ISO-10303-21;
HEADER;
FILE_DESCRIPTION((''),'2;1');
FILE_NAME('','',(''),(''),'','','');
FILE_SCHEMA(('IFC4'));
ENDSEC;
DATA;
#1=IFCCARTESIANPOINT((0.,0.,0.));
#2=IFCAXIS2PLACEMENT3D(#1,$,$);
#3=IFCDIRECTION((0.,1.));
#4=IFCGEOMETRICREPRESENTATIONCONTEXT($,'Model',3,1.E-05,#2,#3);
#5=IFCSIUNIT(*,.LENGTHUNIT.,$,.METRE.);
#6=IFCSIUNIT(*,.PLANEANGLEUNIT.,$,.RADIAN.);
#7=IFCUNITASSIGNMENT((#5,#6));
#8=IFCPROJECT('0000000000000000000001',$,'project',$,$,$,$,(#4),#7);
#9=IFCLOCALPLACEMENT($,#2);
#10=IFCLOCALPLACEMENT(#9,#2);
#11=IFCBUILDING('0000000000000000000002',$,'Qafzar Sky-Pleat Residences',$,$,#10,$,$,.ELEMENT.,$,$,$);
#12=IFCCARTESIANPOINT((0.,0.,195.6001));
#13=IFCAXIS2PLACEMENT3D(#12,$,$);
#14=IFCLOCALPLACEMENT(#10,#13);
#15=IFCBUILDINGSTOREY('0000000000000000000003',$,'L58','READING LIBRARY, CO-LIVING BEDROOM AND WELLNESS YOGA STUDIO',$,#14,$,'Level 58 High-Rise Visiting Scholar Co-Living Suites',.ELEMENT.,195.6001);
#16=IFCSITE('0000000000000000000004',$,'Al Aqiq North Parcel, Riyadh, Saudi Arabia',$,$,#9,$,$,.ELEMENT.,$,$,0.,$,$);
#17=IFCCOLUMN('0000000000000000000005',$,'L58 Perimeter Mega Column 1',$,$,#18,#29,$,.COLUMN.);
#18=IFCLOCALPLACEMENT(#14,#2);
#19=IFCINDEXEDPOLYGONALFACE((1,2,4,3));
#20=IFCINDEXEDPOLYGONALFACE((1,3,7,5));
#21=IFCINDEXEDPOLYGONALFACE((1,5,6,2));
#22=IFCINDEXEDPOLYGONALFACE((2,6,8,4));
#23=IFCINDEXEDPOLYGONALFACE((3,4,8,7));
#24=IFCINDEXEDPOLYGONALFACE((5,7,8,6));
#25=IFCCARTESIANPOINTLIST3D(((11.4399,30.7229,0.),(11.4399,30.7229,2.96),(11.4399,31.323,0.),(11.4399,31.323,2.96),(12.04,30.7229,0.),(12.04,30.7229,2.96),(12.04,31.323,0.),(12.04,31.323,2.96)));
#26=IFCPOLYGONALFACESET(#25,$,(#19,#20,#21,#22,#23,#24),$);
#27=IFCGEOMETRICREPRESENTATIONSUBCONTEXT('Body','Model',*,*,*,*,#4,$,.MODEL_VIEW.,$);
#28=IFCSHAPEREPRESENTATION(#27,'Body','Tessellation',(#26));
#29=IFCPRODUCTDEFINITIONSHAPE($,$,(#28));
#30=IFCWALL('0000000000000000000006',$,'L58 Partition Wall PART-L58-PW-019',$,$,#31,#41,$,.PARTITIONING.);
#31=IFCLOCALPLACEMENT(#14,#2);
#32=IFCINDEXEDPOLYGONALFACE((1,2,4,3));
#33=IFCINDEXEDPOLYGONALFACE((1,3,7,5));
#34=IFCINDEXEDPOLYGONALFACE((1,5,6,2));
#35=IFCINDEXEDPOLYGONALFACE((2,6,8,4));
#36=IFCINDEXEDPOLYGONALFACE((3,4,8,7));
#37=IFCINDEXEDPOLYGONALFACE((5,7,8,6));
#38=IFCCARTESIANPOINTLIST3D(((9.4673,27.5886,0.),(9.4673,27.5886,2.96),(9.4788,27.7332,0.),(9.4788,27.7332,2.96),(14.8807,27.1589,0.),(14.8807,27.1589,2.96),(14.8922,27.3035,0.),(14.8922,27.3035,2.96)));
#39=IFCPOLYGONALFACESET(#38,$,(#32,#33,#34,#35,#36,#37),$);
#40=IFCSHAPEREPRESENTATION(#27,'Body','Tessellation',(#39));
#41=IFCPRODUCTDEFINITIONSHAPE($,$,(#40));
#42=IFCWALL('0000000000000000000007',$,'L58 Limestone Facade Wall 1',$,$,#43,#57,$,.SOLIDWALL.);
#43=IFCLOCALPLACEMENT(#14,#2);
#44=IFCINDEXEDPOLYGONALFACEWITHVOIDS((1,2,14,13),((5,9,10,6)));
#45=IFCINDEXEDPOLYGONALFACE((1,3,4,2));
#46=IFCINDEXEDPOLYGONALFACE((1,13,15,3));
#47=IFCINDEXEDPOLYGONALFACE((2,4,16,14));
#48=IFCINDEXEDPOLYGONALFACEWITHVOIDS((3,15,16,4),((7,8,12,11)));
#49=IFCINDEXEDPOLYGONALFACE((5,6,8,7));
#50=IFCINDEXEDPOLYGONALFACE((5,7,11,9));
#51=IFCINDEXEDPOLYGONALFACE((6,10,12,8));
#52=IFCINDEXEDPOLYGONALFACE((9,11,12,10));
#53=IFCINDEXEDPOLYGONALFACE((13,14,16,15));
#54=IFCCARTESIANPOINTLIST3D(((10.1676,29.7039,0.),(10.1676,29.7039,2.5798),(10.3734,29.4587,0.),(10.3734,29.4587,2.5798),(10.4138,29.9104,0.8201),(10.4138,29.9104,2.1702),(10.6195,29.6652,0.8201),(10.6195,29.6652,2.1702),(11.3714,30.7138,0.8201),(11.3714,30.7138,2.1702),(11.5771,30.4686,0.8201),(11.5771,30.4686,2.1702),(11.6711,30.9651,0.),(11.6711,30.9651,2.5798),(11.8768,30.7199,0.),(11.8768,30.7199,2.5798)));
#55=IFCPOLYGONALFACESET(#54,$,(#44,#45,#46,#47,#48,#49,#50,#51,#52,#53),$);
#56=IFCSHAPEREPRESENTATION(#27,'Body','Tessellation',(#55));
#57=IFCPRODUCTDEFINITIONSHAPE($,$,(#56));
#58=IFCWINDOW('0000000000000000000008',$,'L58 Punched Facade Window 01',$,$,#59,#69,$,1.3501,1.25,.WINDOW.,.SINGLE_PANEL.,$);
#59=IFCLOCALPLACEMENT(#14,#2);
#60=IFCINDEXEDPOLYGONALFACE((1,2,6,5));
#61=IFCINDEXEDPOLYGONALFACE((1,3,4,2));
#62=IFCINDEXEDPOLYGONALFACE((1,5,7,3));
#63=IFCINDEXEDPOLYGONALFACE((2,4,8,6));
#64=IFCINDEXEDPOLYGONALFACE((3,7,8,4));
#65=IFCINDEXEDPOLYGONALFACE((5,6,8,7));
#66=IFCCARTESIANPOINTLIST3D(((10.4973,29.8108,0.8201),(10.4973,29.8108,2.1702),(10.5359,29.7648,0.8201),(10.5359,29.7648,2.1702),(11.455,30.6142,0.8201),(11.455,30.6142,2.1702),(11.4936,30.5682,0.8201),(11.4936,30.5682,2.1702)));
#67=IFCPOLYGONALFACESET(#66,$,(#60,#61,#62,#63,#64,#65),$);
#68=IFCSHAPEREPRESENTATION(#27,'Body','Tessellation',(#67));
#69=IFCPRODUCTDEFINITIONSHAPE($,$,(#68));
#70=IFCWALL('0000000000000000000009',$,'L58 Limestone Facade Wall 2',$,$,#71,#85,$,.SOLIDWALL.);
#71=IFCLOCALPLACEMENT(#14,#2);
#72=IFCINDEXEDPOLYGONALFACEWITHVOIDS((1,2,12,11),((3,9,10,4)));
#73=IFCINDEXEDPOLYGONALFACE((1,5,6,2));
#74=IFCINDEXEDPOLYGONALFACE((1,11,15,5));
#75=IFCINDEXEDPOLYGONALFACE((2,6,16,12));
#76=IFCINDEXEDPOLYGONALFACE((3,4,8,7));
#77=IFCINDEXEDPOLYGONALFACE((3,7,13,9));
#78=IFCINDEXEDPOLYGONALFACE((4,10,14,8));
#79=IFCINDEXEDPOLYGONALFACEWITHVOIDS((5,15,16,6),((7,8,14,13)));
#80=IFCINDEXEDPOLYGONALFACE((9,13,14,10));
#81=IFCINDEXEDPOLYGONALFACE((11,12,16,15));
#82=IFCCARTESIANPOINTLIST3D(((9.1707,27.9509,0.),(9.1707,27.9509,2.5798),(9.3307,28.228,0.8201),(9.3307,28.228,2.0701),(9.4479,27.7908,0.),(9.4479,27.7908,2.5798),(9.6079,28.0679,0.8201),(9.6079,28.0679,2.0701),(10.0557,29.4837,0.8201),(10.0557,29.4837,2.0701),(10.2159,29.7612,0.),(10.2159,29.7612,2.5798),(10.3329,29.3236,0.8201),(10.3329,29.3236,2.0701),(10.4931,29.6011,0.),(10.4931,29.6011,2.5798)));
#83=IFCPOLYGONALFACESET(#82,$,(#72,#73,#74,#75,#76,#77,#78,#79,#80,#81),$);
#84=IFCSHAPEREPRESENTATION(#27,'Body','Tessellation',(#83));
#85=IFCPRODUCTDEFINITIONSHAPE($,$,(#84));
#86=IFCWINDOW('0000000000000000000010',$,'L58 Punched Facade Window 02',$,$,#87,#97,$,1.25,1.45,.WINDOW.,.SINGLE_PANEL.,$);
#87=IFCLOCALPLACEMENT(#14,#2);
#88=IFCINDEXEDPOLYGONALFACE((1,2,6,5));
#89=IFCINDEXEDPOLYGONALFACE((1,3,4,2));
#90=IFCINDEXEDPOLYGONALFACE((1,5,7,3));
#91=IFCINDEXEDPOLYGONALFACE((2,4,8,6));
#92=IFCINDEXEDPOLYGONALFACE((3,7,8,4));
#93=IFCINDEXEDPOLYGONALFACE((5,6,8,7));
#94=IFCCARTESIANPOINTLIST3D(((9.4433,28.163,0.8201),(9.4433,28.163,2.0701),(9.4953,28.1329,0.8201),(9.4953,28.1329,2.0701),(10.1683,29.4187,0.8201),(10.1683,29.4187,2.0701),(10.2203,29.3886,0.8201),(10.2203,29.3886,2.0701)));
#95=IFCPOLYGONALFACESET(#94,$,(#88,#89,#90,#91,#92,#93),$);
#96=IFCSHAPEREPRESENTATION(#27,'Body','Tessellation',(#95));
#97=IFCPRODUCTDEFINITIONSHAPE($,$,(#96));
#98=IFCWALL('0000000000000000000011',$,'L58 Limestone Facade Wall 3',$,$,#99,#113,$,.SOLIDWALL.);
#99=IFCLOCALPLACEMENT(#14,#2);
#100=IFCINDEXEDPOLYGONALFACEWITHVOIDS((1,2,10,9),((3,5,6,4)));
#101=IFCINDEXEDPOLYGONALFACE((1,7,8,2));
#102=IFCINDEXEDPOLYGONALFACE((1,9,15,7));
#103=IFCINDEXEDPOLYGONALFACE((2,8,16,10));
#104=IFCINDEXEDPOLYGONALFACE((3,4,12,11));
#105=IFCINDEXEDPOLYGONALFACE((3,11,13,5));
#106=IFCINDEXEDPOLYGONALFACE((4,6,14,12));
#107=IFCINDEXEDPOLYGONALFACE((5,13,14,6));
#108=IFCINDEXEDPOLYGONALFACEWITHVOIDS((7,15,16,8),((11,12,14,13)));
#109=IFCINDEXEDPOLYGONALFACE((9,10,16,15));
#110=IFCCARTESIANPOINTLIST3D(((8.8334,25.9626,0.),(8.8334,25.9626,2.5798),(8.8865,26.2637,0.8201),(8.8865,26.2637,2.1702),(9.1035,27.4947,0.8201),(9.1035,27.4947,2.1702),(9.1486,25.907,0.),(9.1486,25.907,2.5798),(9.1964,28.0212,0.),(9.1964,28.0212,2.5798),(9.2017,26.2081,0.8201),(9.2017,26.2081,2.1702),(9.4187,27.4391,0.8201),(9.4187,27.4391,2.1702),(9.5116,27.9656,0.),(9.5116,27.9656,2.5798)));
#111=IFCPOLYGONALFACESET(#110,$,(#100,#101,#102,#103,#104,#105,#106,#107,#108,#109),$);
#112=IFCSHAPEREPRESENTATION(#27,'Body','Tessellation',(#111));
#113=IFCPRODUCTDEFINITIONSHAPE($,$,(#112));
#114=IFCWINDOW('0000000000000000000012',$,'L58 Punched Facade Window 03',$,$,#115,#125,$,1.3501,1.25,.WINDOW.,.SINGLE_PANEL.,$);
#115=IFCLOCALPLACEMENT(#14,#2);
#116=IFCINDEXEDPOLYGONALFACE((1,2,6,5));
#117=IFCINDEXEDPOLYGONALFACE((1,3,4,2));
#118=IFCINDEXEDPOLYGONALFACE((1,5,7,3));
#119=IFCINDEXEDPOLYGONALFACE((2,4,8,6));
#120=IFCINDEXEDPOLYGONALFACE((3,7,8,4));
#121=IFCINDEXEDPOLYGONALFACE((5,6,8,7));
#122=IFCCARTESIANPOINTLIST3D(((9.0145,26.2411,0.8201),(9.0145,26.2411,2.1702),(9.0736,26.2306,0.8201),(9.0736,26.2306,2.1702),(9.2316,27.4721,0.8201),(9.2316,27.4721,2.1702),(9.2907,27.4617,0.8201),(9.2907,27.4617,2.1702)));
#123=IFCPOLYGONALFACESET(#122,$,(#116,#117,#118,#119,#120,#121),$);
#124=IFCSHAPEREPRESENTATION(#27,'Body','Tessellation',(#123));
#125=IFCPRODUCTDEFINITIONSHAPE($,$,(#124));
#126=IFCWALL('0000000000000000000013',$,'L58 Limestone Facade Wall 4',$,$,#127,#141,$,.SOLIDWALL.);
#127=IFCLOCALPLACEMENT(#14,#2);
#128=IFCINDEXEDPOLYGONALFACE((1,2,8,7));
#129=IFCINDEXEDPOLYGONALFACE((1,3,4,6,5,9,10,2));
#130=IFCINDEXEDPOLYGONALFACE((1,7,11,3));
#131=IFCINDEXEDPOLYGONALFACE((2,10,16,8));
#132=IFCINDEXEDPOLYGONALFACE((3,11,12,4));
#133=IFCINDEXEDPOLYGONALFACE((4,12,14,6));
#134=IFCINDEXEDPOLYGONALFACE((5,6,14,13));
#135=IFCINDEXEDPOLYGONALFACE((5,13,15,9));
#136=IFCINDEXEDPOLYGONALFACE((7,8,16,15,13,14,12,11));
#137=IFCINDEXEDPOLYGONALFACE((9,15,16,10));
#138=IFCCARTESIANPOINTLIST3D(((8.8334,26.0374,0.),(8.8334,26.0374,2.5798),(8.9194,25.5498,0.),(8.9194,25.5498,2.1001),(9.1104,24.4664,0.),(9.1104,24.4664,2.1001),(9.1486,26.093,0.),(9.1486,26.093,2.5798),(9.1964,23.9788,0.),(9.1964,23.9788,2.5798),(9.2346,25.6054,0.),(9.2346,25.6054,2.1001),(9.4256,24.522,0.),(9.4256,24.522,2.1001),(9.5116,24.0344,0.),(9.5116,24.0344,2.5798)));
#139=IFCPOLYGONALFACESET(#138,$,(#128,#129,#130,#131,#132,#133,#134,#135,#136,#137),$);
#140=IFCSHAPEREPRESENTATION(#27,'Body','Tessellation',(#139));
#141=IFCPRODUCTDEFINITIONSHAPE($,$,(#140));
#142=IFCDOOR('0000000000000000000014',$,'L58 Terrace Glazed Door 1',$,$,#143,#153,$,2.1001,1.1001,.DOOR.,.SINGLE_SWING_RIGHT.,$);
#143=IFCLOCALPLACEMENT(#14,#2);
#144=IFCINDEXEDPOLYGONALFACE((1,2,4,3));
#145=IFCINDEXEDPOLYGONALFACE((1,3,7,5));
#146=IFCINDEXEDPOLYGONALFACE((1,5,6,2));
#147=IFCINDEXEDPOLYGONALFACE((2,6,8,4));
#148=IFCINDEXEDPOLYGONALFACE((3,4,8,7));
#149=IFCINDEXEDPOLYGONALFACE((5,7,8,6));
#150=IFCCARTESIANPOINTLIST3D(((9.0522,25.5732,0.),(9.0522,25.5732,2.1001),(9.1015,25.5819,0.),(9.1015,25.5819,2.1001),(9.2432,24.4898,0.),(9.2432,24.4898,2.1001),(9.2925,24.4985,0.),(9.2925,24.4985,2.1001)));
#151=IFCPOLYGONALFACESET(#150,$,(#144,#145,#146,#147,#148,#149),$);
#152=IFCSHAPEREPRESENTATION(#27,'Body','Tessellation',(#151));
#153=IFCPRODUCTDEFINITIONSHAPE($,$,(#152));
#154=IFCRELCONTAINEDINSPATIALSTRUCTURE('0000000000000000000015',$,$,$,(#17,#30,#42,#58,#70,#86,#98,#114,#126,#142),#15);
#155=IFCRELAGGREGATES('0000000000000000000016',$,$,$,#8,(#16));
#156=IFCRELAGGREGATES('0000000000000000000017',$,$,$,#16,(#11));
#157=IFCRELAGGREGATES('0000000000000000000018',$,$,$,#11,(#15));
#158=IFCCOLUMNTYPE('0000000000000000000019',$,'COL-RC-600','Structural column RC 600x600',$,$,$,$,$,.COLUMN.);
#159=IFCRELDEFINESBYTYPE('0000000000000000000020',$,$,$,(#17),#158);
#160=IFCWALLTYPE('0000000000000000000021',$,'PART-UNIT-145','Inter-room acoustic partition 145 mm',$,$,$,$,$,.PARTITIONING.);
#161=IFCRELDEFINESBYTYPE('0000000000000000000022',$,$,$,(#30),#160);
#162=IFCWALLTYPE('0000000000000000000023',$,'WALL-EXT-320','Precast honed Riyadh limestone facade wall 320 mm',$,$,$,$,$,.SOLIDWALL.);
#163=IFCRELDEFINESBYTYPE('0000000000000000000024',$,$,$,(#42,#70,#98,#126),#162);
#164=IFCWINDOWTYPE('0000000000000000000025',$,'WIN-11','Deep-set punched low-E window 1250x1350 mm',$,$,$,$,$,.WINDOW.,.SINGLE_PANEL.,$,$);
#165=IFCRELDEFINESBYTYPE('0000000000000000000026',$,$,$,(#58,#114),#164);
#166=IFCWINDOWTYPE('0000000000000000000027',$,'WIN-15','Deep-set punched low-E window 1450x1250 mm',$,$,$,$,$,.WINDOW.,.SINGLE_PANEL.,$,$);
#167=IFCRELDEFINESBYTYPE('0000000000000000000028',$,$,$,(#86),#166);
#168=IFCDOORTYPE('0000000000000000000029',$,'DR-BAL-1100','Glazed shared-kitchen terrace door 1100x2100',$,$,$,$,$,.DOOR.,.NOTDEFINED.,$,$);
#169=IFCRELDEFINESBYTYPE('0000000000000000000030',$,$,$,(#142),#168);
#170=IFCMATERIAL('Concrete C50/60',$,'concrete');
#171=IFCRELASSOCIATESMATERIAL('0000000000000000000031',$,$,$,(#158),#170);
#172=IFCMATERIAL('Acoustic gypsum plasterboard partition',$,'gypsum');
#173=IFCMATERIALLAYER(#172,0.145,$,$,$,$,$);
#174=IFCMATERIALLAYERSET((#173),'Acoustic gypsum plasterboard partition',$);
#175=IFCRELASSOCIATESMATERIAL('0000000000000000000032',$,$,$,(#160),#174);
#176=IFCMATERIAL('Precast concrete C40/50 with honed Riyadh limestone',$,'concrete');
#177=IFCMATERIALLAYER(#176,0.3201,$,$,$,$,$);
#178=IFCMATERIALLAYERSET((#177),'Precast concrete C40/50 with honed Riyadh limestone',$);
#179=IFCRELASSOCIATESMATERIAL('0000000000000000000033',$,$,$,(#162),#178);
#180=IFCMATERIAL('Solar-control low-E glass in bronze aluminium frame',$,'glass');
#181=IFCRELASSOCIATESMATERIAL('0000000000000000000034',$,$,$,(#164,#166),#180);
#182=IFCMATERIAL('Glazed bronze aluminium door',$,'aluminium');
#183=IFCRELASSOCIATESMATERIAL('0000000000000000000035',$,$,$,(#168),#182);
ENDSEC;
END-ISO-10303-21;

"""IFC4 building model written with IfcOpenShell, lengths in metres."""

from ifc_helpers import new_model, si_unit, direction, frame, frame_2d, origin, origin_2d, place, context, subcontext, project, spatial, rectangle, extrude, source, transform, mapped, material, layer, layer_set, material_profile, profile_set, type_object, element, fill, save


model = new_model("IFC4")

# Units and contexts
model_context = context("Model", 3, precision=1e-05, world=origin(), true_north=direction((0.0, 1.0)))
body_context = subcontext(model_context, "Body", "Model", "MODEL_VIEW")
ifc_project = project(units=[si_unit("LENGTHUNIT", "METRE"), si_unit("PLANEANGLEUNIT", "RADIAN")], contexts=[model_context])

# Site, building, storey
site_placement = place(None, origin())
site = spatial("IfcSite", under=ifc_project, at=site_placement, Name="Al Aqiq North Parcel, Riyadh, Saudi Arabia", CompositionType="ELEMENT", RefElevation=0.0)
building_placement = place(site_placement, origin())
building = spatial("IfcBuilding", under=site, at=building_placement, Name="Qafzar Sky-Pleat Residences", CompositionType="ELEMENT")
storey_placement = place(building_placement, frame((0.0, 0.0, 195.6001)))
storey = spatial("IfcBuildingStorey", under=building, at=storey_placement, Name="L58", Description="READING LIBRARY, CO-LIVING BEDROOM AND WELLNESS YOGA STUDIO", LongName="Level 58 High-Rise Visiting Scholar Co-Living Suites", CompositionType="ELEMENT", Elevation=195.6001)

# Column
ifc_material_1 = material(Name="Concrete C50/60", Category="concrete")
ifc_material_profile = material_profile(ifc_material_1, rectangle(XDim=0.6001, YDim=0.6001, at=origin_2d()), Name="RC 600x600")
ifc_profile_set = profile_set([ifc_material_profile], Name="Concrete C50/60")
column_type = type_object("IfcColumnType", Name="COL-RC-600", Description="Structural column RC 600x600", PredefinedType="COLUMN", material=ifc_profile_set)
shared_shape_1 = source(origin(), body_context, "Body", "SweptSolid", [
    extrude(rectangle(XDim=0.6001, YDim=0.6001, at=origin_2d()), origin(), (0.0, 0.0, 1.0), 2.96),
])
column_placement = place(storey_placement, frame((11.74, 31.0229, 0.0), z_axis=(0.0, 0.0, 1.0), x_axis=(1.0, 0.0, 0.0)))
element("IfcColumn", 1, at=column_placement, inside=storey, type_object=column_type, Name="L58 Perimeter Mega Column 1", PredefinedType="COLUMN", context=body_context, shape_type="MappedRepresentation", body=[
    mapped(shared_shape_1, transform((0.0, 0.0, 0.0), x_axis=(1.0, 0.0, 0.0), y_axis=(0.0, 1.0, 0.0), z_axis=(0.0, 0.0, 1.0), scale=1.0)),
])

# Wall
ifc_material_2 = material(Name="Acoustic gypsum plasterboard partition", Category="gypsum")
ifc_layer_1 = layer(ifc_material_2, 0.145)
ifc_layer_set_1 = layer_set([ifc_layer_1], Name="Acoustic gypsum plasterboard partition")
wall_type_1 = type_object("IfcWallType", Name="PART-UNIT-145", Description="Inter-room acoustic partition 145 mm", PredefinedType="PARTITIONING", material=ifc_layer_set_1)
wall_1_placement = place(storey_placement, frame((9.4729, 27.6609, 0.0), z_axis=(0.0, 0.0, 1.0), x_axis=(0.996865, -0.079127, 0.0)))
element("IfcWall", 2, at=wall_1_placement, inside=storey, type_object=wall_type_1, Name="L58 Partition Wall PART-L58-PW-019", PredefinedType="PARTITIONING", context=body_context, shape_type="SweptSolid", body=[
    extrude(rectangle(XDim=5.4304, YDim=0.145, at=frame_2d((2.7153, 0.0))), origin(), (0.0, 0.0, 1.0), 2.96),
])

# Walls, openings, windows
ifc_material_3 = material(Name="Precast concrete C40/50 with honed Riyadh limestone", Category="concrete")
ifc_layer_2 = layer(ifc_material_3, 0.3201)
ifc_layer_set_2 = layer_set([ifc_layer_2], Name="Precast concrete C40/50 with honed Riyadh limestone")
wall_type_2 = type_object("IfcWallType", Name="WALL-EXT-320", Description="Precast honed Riyadh limestone facade wall 320 mm", PredefinedType="SOLIDWALL", material=ifc_layer_set_2)
wall_2_placement = place(storey_placement, frame((11.7739, 30.8425, 0.0), z_axis=(0.0, 0.0, 1.0), x_axis=(-0.766116, -0.642702, 0.0)))
wall_2 = element("IfcWall", 3, at=wall_2_placement, inside=storey, type_object=wall_type_2, Name="L58 Limestone Facade Wall 1", PredefinedType="SOLIDWALL", context=body_context, shape_type="SweptSolid", body=[
    extrude(rectangle(XDim=1.9624, YDim=0.3201, at=frame_2d((0.9812, 0.0))), origin(), (0.0, 0.0, 1.0), 2.5798),
])
opening_1_placement = place(wall_2_placement, frame((0.3911, 0.0, 0.8201)))
opening_1 = element("IfcOpeningElement", 4, at=opening_1_placement, cuts=wall_2, PredefinedType="OPENING", context=body_context, shape_type="SweptSolid", body=[
    extrude(rectangle(XDim=1.25, YDim=1.3501, at=frame_2d((0.625, 0.675))), frame((0.0, 0.1699, 0.0), z_axis=(0.0, -1.0, 0.0), x_axis=(1.0, 0.0, 0.0)), (0.0, 0.0, 1.0), 0.3401),
])
ifc_material_4 = material(Name="Solar-control low-E glass in bronze aluminium frame", Category="glass")
window_type_1 = type_object("IfcWindowType", Name="WIN-11", Description="Deep-set punched low-E window 1250x1350 mm", PartitioningType="SINGLE_PANEL", PredefinedType="WINDOW", material=ifc_material_4)
shared_shape_2 = source(origin(), body_context, "Body", "SweptSolid", [
    extrude(rectangle(XDim=1.25, YDim=1.3501, at=frame_2d((0.625, 0.675))), frame((0.0, 0.03, 0.0), z_axis=(0.0, -1.0, 0.0), x_axis=(1.0, 0.0, 0.0)), (0.0, 0.0, 1.0), 0.0601),
])
window_1_placement = place(opening_1_placement, origin())
window_1 = element("IfcWindow", 5, at=window_1_placement, inside=storey, type_object=window_type_1, Name="L58 Punched Facade Window 01", OverallHeight=1.3501, OverallWidth=1.25, PartitioningType="SINGLE_PANEL", PredefinedType="WINDOW", context=body_context, shape_type="MappedRepresentation", body=[
    mapped(shared_shape_2, transform((0.0, 0.0, 0.0), x_axis=(1.0, 0.0, 0.0), y_axis=(0.0, 1.0, 0.0), z_axis=(0.0, 0.0, 1.0), scale=1.0)),
])
fill(opening_1, window_1)
wall_3_placement = place(storey_placement, frame((10.3545, 29.6812, 0.0), z_axis=(0.0, 0.0, 1.0), x_axis=(-0.499995, -0.866028, 0.0)))
wall_3 = element("IfcWall", 6, at=wall_3_placement, inside=storey, type_object=wall_type_2, Name="L58 Limestone Facade Wall 2", PredefinedType="SOLIDWALL", context=body_context, shape_type="SweptSolid", body=[
    extrude(rectangle(XDim=2.0903, YDim=0.3201, at=frame_2d((1.0452, 0.0))), origin(), (0.0, 0.0, 1.0), 2.5798),
])
opening_2_placement = place(wall_3_placement, frame((0.3203, 0.0, 0.8201)))
opening_2 = element("IfcOpeningElement", 7, at=opening_2_placement, cuts=wall_3, PredefinedType="OPENING", context=body_context, shape_type="SweptSolid", body=[
    extrude(rectangle(XDim=1.45, YDim=1.25, at=frame_2d((0.7251, 0.625))), frame((0.0, 0.1699, 0.0), z_axis=(0.0, -1.0, 0.0), x_axis=(1.0, 0.0, 0.0)), (0.0, 0.0, 1.0), 0.3401),
])
window_type_2 = type_object("IfcWindowType", Name="WIN-15", Description="Deep-set punched low-E window 1450x1250 mm", PartitioningType="SINGLE_PANEL", PredefinedType="WINDOW", material=ifc_material_4)
shared_shape_3 = source(origin(), body_context, "Body", "SweptSolid", [
    extrude(rectangle(XDim=1.45, YDim=1.25, at=frame_2d((0.7251, 0.625))), frame((0.0, 0.03, 0.0), z_axis=(0.0, -1.0, 0.0), x_axis=(1.0, 0.0, 0.0)), (0.0, 0.0, 1.0), 0.0601),
])
window_2_placement = place(opening_2_placement, origin())
window_2 = element("IfcWindow", 8, at=window_2_placement, inside=storey, type_object=window_type_2, Name="L58 Punched Facade Window 02", OverallHeight=1.25, OverallWidth=1.45, PartitioningType="SINGLE_PANEL", PredefinedType="WINDOW", context=body_context, shape_type="MappedRepresentation", body=[
    mapped(shared_shape_3, transform((0.0, 0.0, 0.0), x_axis=(1.0, 0.0, 0.0), y_axis=(0.0, 1.0, 0.0), z_axis=(0.0, 0.0, 1.0), scale=1.0)),
])
fill(opening_2, window_2)
wall_4_placement = place(storey_placement, frame((9.354, 27.9934, 0.0), z_axis=(0.0, 0.0, 1.0), x_axis=(-0.173672, -0.984804, 0.0)))
wall_4 = element("IfcWall", 9, at=wall_4_placement, inside=storey, type_object=wall_type_2, Name="L58 Limestone Facade Wall 3", PredefinedType="SOLIDWALL", context=body_context, shape_type="SweptSolid", body=[
    extrude(rectangle(XDim=2.0903, YDim=0.3201, at=frame_2d((1.0452, 0.0))), origin(), (0.0, 0.0, 1.0), 2.5798),
])
opening_3_placement = place(wall_4_placement, frame((0.5347, 0.0, 0.8201)))
opening_3 = element("IfcOpeningElement", 10, at=opening_3_placement, cuts=wall_4, PredefinedType="OPENING", context=body_context, shape_type="SweptSolid", body=[
    extrude(rectangle(XDim=1.25, YDim=1.3501, at=frame_2d((0.625, 0.675))), frame((0.0, 0.1699, 0.0), z_axis=(0.0, -1.0, 0.0), x_axis=(1.0, 0.0, 0.0)), (0.0, 0.0, 1.0), 0.3401),
])
window_3_placement = place(opening_3_placement, origin())
window_3 = element("IfcWindow", 11, at=window_3_placement, inside=storey, type_object=window_type_1, Name="L58 Punched Facade Window 03", OverallHeight=1.3501, OverallWidth=1.25, PartitioningType="SINGLE_PANEL", PredefinedType="WINDOW", context=body_context, shape_type="MappedRepresentation", body=[
    mapped(shared_shape_2, transform((0.0, 0.0, 0.0), x_axis=(1.0, 0.0, 0.0), y_axis=(0.0, 1.0, 0.0), z_axis=(0.0, 0.0, 1.0), scale=1.0)),
])
fill(opening_3, window_3)

# Wall, opening, door
wall_5_placement = place(storey_placement, frame((8.991, 26.0652, 0.0), z_axis=(0.0, 0.0, 1.0), x_axis=(0.173672, -0.984804, 0.0)))
wall_5 = element("IfcWall", 12, at=wall_5_placement, inside=storey, type_object=wall_type_2, Name="L58 Limestone Facade Wall 4", PredefinedType="SOLIDWALL", context=body_context, shape_type="SweptSolid", body=[
    extrude(rectangle(XDim=2.0903, YDim=0.3201, at=frame_2d((1.0452, 0.0))), origin(), (0.0, 0.0, 1.0), 2.5798),
])
opening_4_placement = place(wall_5_placement, frame((0.4951, 0.0, 0.0)))
opening_4 = element("IfcOpeningElement", 13, at=opening_4_placement, cuts=wall_5, PredefinedType="OPENING", context=body_context, shape_type="SweptSolid", body=[
    extrude(rectangle(XDim=1.1001, YDim=2.1001, at=frame_2d((0.55, 1.05))), frame((0.0, 0.1699, 0.0), z_axis=(0.0, -1.0, 0.0), x_axis=(1.0, 0.0, 0.0)), (0.0, 0.0, 1.0), 0.3401),
])
ifc_material_5 = material(Name="Glazed bronze aluminium door", Category="aluminium")
door_type = type_object("IfcDoorType", Name="DR-BAL-1100", Description="Glazed shared-kitchen terrace door 1100x2100", OperationType="NOTDEFINED", PredefinedType="DOOR", material=ifc_material_5)
shared_shape_4 = source(origin(), body_context, "Body", "SweptSolid", [
    extrude(rectangle(XDim=1.1001, YDim=2.1001, at=frame_2d((0.55, 1.05))), frame((0.0, 0.0249, 0.0), z_axis=(0.0, -1.0, 0.0), x_axis=(1.0, 0.0, 0.0)), (0.0, 0.0, 1.0), 0.05),
])
door_placement = place(opening_4_placement, origin())
door = element("IfcDoor", 14, at=door_placement, inside=storey, type_object=door_type, Name="L58 Terrace Glazed Door 1", OperationType="SINGLE_SWING_RIGHT", OverallHeight=2.1001, OverallWidth=1.1001, PredefinedType="DOOR", context=body_context, shape_type="MappedRepresentation", body=[
    mapped(shared_shape_4, transform((0.0, 0.0, 0.0), x_axis=(1.0, 0.0, 0.0), y_axis=(0.0, 1.0, 0.0), z_axis=(0.0, 0.0, 1.0), scale=1.0)),
])
fill(opening_4, door)

save(model, "model.ifc")
